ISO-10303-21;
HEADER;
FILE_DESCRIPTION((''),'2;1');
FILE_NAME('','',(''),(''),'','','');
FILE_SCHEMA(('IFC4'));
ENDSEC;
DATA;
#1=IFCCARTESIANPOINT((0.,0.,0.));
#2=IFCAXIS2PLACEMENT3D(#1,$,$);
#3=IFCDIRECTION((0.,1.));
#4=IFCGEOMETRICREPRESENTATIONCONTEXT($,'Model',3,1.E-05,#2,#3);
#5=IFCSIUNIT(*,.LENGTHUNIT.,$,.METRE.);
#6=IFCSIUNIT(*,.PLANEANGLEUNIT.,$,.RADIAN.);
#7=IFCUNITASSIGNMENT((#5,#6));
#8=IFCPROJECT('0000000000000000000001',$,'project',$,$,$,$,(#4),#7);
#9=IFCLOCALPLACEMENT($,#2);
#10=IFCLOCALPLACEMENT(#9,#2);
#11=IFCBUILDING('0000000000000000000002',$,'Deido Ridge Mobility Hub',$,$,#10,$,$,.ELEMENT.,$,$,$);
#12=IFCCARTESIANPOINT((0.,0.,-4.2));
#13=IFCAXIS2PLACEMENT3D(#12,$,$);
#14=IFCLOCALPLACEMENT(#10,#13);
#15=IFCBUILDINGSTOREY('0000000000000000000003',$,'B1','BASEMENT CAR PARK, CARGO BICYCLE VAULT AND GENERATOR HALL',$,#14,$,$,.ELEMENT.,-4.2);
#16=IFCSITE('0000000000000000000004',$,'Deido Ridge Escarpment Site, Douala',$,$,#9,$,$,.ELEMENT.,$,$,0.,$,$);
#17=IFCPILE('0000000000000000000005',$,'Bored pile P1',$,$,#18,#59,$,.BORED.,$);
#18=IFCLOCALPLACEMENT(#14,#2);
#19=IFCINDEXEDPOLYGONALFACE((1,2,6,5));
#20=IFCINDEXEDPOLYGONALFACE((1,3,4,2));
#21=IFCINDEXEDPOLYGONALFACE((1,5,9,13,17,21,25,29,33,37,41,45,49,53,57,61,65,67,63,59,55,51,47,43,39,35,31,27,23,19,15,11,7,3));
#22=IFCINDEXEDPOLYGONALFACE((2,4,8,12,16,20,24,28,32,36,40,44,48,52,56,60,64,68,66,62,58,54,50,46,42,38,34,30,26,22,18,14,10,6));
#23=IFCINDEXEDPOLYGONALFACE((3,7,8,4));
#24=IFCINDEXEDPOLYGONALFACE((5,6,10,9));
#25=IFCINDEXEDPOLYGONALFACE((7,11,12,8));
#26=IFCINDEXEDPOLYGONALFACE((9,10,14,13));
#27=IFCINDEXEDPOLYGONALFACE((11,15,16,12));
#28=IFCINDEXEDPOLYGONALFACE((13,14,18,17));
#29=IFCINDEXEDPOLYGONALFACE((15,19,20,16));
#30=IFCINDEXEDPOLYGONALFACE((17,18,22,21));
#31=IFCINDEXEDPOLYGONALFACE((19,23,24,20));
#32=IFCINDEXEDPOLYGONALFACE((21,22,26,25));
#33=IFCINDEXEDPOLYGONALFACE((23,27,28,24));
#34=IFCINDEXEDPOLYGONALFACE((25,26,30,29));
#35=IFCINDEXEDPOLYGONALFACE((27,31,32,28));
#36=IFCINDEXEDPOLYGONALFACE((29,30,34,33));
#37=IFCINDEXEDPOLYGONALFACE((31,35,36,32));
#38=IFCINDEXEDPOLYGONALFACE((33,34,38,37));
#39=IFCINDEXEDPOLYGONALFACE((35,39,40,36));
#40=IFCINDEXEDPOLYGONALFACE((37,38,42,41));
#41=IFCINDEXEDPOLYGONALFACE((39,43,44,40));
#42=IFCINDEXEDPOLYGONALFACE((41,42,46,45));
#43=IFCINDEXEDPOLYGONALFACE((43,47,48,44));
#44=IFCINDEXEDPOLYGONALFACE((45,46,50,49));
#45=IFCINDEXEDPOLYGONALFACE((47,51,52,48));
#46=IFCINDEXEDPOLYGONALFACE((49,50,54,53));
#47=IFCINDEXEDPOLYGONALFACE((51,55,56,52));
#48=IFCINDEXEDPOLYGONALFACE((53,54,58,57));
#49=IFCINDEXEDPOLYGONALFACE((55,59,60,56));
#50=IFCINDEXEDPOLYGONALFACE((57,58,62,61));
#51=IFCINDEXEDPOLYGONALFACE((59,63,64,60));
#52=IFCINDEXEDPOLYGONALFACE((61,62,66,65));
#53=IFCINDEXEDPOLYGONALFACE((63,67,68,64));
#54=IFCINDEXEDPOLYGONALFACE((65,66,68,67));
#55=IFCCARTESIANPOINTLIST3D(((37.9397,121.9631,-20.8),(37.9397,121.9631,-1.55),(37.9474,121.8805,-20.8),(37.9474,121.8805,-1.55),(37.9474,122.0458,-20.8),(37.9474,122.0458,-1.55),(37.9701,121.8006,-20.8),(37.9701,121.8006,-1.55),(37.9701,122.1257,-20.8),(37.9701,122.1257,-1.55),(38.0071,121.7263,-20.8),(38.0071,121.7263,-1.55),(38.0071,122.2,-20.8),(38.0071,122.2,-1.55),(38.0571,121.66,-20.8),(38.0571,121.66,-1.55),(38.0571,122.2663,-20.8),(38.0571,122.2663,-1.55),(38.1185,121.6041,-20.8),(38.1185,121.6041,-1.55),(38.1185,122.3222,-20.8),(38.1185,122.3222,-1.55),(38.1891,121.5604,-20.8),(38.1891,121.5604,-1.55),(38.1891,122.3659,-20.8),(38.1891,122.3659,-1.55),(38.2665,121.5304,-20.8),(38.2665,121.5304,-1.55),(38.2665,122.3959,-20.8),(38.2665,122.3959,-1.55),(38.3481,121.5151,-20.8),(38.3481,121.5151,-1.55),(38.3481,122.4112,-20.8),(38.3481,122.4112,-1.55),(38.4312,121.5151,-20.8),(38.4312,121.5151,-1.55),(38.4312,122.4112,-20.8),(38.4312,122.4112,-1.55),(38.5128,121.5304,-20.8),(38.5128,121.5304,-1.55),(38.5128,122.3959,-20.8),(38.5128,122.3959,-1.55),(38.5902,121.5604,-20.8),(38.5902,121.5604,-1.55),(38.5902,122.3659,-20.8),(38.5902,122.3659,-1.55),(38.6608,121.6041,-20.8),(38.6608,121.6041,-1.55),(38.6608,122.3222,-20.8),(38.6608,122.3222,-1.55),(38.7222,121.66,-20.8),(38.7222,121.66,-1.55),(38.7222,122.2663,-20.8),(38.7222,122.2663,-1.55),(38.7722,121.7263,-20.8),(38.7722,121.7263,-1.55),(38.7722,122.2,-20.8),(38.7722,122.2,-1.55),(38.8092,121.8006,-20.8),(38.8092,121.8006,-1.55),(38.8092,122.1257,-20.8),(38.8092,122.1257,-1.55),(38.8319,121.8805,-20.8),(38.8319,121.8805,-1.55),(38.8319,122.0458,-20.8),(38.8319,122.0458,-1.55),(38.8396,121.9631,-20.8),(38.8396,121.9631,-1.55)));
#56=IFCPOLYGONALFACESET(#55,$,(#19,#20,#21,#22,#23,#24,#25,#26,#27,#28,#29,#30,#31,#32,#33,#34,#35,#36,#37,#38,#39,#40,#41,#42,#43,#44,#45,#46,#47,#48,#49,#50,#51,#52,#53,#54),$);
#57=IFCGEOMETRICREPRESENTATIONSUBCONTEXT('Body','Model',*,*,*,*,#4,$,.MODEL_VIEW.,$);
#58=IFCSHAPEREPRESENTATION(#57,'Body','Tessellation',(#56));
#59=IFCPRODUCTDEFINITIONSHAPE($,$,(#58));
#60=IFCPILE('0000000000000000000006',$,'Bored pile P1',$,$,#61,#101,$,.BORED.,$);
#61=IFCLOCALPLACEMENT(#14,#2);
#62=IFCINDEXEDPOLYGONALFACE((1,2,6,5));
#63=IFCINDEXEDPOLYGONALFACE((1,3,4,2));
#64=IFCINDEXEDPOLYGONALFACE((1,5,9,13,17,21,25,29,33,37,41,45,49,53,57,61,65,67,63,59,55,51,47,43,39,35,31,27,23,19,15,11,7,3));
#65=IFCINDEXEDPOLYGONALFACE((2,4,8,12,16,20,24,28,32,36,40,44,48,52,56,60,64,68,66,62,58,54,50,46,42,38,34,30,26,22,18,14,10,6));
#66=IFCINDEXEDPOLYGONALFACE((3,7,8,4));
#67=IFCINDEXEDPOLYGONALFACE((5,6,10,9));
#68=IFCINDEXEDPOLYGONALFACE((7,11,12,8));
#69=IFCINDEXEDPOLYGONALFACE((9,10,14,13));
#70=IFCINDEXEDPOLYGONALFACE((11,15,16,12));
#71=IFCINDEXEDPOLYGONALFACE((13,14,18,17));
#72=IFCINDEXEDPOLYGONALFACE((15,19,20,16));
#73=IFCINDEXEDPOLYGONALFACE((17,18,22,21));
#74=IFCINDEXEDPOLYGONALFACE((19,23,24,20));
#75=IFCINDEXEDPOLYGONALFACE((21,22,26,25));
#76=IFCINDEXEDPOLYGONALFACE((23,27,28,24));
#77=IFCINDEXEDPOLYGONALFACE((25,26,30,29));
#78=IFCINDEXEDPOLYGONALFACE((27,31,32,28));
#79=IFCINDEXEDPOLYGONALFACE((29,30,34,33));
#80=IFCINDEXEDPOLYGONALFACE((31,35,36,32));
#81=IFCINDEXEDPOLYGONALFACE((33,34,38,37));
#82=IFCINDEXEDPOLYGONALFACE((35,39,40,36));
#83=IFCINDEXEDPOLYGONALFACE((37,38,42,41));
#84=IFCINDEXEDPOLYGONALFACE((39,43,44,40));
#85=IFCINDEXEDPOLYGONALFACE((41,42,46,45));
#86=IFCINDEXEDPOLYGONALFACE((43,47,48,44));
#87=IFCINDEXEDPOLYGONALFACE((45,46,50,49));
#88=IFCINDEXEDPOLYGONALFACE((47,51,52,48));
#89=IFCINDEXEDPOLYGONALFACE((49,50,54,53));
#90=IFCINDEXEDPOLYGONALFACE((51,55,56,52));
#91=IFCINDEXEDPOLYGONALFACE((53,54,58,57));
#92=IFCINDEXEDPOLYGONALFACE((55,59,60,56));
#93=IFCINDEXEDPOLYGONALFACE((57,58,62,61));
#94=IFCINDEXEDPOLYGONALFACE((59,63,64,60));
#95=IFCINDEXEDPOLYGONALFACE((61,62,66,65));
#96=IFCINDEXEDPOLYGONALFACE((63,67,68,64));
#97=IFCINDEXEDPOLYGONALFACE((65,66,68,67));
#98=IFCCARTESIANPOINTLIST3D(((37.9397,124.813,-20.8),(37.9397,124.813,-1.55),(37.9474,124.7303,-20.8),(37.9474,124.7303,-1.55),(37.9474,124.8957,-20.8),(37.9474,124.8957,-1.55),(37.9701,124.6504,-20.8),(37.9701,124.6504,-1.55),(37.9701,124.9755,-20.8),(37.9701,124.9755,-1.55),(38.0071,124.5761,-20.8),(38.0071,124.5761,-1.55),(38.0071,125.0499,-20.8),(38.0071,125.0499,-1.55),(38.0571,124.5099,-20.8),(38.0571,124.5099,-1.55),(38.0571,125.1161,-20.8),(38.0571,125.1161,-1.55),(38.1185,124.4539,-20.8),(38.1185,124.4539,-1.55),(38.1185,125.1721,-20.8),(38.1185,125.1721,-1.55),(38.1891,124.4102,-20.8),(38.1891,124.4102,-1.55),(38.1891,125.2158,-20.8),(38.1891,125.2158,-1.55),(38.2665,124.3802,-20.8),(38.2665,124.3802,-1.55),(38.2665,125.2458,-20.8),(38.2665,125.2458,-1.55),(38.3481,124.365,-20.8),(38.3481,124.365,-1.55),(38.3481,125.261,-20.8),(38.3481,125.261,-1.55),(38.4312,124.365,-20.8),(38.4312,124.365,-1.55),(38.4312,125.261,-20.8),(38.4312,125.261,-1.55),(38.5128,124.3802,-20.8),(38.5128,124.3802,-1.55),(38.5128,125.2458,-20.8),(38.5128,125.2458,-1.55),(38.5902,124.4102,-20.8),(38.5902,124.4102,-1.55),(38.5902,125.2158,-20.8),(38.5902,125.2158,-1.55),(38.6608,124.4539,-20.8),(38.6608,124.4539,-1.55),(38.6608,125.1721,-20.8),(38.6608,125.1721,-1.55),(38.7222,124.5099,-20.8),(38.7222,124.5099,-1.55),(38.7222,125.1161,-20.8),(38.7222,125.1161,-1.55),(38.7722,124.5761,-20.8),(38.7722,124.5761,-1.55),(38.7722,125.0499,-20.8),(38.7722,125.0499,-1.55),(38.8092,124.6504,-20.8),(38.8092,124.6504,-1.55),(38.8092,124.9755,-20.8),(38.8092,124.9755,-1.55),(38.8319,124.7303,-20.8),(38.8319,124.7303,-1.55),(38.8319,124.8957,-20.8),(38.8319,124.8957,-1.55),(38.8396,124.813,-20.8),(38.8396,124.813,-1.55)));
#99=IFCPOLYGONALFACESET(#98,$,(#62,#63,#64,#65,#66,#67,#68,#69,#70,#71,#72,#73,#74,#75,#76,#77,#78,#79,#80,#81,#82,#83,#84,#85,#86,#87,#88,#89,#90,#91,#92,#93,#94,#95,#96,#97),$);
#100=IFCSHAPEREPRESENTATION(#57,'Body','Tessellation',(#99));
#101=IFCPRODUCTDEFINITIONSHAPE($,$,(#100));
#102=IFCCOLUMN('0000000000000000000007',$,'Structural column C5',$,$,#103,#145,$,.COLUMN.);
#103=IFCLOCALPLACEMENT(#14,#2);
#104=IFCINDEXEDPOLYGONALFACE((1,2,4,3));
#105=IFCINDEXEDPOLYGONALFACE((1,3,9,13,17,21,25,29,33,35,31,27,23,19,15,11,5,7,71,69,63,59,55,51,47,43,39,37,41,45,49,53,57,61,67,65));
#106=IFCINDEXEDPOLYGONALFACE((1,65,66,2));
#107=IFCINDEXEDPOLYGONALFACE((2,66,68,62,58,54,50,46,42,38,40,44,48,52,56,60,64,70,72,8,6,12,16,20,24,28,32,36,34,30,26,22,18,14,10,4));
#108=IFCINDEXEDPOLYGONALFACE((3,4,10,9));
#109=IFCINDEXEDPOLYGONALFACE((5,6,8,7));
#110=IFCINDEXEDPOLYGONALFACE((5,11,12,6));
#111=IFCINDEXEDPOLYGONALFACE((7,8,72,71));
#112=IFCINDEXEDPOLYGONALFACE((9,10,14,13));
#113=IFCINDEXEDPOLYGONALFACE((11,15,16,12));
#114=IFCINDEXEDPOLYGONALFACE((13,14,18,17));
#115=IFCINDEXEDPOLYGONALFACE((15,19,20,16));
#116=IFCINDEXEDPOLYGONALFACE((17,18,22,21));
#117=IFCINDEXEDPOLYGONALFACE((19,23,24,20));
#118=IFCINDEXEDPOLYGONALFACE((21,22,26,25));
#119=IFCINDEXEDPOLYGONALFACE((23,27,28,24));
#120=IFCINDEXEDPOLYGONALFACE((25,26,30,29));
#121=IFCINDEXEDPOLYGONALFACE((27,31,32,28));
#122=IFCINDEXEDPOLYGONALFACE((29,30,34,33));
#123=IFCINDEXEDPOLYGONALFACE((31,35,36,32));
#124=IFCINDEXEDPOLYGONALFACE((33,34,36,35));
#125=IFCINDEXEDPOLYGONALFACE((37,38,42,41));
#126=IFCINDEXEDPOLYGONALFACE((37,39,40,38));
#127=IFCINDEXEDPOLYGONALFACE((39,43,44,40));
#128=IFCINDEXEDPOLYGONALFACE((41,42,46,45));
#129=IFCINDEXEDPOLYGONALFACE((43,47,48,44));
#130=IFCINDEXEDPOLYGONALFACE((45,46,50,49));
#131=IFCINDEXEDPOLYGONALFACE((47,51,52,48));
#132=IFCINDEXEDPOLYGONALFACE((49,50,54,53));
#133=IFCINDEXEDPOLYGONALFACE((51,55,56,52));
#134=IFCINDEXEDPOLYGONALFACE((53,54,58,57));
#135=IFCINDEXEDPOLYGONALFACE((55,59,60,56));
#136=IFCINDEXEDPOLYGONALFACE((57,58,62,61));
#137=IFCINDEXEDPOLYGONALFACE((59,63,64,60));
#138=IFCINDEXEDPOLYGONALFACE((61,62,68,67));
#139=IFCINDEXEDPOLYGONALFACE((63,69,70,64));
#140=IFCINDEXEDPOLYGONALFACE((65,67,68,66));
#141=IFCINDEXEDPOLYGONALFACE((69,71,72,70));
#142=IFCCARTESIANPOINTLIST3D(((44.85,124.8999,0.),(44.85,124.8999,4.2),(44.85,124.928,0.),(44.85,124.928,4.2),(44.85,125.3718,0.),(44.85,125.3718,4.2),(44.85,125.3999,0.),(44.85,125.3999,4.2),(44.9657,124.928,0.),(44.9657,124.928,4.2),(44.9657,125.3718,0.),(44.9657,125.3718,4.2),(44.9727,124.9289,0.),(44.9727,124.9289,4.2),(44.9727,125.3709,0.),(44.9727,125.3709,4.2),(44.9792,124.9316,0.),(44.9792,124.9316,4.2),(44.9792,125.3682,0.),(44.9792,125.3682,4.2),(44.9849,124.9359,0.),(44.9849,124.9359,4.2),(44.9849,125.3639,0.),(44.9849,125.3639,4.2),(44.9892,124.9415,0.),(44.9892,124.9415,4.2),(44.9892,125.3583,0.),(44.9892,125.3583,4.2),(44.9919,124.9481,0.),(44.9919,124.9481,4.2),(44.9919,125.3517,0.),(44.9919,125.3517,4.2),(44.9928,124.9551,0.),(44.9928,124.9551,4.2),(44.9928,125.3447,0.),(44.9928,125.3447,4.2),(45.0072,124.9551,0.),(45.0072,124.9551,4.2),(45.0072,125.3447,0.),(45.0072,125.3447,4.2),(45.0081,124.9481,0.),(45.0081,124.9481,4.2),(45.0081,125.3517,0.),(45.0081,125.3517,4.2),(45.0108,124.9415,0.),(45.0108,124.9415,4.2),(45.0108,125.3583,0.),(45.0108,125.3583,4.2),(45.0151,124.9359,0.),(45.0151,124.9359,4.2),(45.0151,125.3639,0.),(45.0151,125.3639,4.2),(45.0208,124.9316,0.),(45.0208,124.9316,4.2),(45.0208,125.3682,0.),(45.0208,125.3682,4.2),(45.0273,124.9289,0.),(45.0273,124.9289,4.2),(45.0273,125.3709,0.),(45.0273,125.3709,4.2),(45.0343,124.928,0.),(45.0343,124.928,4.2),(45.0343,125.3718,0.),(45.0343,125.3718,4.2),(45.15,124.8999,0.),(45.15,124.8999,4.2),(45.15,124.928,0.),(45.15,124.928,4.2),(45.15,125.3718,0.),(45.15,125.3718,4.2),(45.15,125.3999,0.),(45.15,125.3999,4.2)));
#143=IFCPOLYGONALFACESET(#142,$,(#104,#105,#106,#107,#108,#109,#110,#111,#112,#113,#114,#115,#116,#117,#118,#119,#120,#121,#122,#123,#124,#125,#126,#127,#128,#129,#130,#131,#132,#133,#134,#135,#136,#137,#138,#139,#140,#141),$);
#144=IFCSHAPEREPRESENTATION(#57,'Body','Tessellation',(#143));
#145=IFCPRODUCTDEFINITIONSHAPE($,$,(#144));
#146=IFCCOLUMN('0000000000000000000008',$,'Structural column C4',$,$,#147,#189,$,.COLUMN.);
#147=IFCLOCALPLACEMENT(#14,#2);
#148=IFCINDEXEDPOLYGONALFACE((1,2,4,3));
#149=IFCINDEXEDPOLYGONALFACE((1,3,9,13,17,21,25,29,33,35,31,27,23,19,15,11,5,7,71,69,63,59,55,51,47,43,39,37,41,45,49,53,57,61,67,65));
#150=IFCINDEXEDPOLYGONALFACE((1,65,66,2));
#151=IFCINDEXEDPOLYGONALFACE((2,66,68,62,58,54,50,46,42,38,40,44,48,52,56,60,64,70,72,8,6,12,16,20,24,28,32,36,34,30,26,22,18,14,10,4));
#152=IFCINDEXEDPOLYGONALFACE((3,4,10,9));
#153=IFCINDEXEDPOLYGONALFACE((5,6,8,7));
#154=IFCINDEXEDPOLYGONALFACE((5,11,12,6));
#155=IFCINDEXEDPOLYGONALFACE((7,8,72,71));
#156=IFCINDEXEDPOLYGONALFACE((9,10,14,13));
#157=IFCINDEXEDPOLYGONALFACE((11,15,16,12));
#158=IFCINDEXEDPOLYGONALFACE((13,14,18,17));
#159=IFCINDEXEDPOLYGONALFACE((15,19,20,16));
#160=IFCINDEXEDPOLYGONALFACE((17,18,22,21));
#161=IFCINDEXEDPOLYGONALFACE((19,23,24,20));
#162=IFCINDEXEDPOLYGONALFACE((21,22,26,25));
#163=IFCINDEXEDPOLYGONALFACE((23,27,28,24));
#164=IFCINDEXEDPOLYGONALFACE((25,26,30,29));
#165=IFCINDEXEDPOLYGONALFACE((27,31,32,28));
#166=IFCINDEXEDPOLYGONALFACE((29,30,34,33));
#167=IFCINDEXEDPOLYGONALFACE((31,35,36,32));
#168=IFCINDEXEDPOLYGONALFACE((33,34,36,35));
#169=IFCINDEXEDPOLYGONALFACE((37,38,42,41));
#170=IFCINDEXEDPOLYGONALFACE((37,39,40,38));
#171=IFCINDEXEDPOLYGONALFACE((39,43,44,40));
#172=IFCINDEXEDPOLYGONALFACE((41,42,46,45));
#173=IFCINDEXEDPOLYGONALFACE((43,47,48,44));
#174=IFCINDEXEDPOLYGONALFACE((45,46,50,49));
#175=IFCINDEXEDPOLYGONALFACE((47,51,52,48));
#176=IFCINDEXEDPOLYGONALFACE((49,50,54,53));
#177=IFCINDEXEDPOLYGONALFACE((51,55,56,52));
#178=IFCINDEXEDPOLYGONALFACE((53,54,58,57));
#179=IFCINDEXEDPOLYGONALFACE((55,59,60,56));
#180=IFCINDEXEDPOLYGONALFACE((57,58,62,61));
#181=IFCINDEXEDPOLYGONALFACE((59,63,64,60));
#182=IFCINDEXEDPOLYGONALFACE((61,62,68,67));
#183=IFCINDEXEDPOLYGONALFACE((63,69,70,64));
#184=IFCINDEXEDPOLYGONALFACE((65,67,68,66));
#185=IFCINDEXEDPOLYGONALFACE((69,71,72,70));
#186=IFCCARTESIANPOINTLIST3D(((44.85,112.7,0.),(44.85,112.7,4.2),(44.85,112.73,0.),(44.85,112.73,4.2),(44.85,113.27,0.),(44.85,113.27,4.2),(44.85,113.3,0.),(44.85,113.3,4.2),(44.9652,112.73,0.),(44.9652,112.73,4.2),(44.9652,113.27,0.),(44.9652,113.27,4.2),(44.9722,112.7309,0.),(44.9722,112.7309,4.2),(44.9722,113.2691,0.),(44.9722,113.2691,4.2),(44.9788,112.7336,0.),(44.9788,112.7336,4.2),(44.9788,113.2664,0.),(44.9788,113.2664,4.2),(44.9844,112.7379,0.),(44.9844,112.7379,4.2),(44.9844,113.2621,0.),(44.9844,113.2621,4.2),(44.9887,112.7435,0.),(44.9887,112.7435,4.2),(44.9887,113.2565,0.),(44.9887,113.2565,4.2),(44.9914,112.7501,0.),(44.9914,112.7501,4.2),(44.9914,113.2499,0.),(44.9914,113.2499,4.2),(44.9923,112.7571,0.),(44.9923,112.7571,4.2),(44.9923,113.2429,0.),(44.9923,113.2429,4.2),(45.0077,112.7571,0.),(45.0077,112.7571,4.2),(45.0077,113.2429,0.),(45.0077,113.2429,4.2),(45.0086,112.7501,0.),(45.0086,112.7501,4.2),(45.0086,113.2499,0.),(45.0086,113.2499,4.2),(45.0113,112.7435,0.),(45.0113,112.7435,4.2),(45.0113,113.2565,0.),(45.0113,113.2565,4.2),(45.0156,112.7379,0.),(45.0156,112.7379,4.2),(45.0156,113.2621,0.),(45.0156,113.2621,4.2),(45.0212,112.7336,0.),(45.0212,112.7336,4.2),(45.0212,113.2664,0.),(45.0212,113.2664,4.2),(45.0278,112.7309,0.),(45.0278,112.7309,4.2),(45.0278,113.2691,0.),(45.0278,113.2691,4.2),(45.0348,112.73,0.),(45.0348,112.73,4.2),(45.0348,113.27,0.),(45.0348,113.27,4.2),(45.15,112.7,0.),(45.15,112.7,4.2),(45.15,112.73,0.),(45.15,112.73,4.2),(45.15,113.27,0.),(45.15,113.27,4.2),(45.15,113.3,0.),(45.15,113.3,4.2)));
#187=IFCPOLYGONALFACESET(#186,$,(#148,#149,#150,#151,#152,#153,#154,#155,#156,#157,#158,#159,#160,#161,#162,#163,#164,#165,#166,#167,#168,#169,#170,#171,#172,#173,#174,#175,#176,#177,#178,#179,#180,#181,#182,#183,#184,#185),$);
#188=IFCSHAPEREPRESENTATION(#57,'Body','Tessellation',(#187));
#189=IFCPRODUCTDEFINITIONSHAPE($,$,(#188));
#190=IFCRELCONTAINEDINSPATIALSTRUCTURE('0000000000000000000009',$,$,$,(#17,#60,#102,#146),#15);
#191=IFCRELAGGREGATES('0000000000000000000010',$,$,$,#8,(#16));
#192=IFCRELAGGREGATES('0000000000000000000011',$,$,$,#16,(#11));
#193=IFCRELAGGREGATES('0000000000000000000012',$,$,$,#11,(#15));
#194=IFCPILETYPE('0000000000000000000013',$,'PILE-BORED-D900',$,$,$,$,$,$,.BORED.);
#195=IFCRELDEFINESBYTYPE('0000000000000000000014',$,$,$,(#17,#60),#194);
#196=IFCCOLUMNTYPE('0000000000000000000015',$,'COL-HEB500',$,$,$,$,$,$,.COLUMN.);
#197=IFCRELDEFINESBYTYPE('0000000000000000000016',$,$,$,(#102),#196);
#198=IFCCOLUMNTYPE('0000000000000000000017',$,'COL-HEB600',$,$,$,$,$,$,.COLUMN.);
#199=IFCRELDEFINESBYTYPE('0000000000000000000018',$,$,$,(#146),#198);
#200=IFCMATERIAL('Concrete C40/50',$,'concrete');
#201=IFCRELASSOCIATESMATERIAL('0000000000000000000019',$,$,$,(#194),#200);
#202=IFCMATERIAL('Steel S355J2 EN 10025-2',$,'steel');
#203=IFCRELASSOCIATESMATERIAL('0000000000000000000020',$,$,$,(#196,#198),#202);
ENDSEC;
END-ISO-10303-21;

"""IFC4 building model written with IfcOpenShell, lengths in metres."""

from ifc_helpers import new_model, si_unit, direction, frame, origin, origin_2d, place, context, subcontext, project, spatial, circle, i_section, extrude, material, material_profile, profile_set, type_object, element, save


model = new_model("IFC4")

# Units and contexts
model_context = context("Model", 3, precision=1e-05, world=origin(), true_north=direction((0.0, 1.0)))
body_context = subcontext(model_context, "Body", "Model", "MODEL_VIEW")
ifc_project = project(units=[si_unit("LENGTHUNIT", "METRE"), si_unit("PLANEANGLEUNIT", "RADIAN")], contexts=[model_context])

# Site, building, storey
site_placement = place(None, origin())
site = spatial("IfcSite", under=ifc_project, at=site_placement, Name="Deido Ridge Escarpment Site, Douala", CompositionType="ELEMENT", RefElevation=0.0)
building_placement = place(site_placement, origin())
building = spatial("IfcBuilding", under=site, at=building_placement, Name="Deido Ridge Mobility Hub", CompositionType="ELEMENT")
storey_placement = place(building_placement, frame((0.0, 0.0, -4.2)))
storey = spatial("IfcBuildingStorey", under=building, at=storey_placement, Name="B1", Description="BASEMENT CAR PARK, CARGO BICYCLE VAULT AND GENERATOR HALL", CompositionType="ELEMENT", Elevation=-4.2)

# Shared definitions
ifc_material_1 = material(Name="Concrete C40/50", Category="concrete")

# Piles
ifc_material_profile_1 = material_profile(ifc_material_1, circle(Radius=0.45, at=origin_2d()), Name="BORED PILE D900")
ifc_profile_set_1 = profile_set([ifc_material_profile_1], Name="Concrete C40/50")
pile_type_1 = type_object("IfcPileType", Name="PILE-BORED-D900", PredefinedType="BORED", material=ifc_profile_set_1)
for number, where, z_axis, x_axis, name in (
    (1, (38.3896, 121.9631, -1.55), (0.0, 0.0, -1.0), (1.0, 0.0, 0.0), "Bored pile P1"),
    (2, (38.3896, 124.813, -1.55), (0.0, 0.0, -1.0), (1.0, 0.0, 0.0), "Bored pile P1"),
):
    element("IfcPile", number, at=place(storey_placement, frame(where, z_axis=z_axis, x_axis=x_axis)), inside=storey, type_object=pile_type_1, Name=name, PredefinedType="BORED", context=body_context, shape_type="SweptSolid", body=[
        extrude(circle(Radius=0.45, at=origin_2d()), origin(), (0.0, 0.0, 1.0), 19.25),
    ])

# Columns
ifc_material_2 = material(Name="Steel S355J2 EN 10025-2", Category="steel")
ifc_material_profile_2 = material_profile(ifc_material_2, i_section(OverallWidth=0.3, OverallDepth=0.5, WebThickness=0.0144, FlangeThickness=0.0281, FilletRadius=0.0271, at=origin_2d()), Name="HEB 500")
ifc_profile_set_2 = profile_set([ifc_material_profile_2], Name="Steel S355J2 EN 10025-2")
column_type_1 = type_object("IfcColumnType", Name="COL-HEB500", PredefinedType="COLUMN", material=ifc_profile_set_2)
column_1_placement = place(storey_placement, frame((45.0, 125.1499, 0.0), z_axis=(0.0, 0.0, 1.0), x_axis=(1.0, 0.0, 0.0)))
element("IfcColumn", 3, at=column_1_placement, inside=storey, type_object=column_type_1, Name="Structural column C5", PredefinedType="COLUMN", context=body_context, shape_type="SweptSolid", body=[
    extrude(i_section(OverallWidth=0.3, OverallDepth=0.5, WebThickness=0.0144, FlangeThickness=0.0281, FilletRadius=0.0271, at=origin_2d()), origin(), (0.0, 0.0, 1.0), 4.2),
])
ifc_material_profile_3 = material_profile(ifc_material_2, i_section(OverallWidth=0.3, OverallDepth=0.6001, WebThickness=0.0154, FlangeThickness=0.03, FilletRadius=0.0271, at=origin_2d()), Name="HEB 600")
ifc_profile_set_3 = profile_set([ifc_material_profile_3], Name="Steel S355J2 EN 10025-2")
column_type_2 = type_object("IfcColumnType", Name="COL-HEB600", PredefinedType="COLUMN", material=ifc_profile_set_3)
column_2_placement = place(storey_placement, frame((45.0, 113.0, 0.0), z_axis=(0.0, 0.0, 1.0), x_axis=(1.0, 0.0, 0.0)))
element("IfcColumn", 4, at=column_2_placement, inside=storey, type_object=column_type_2, Name="Structural column C4", PredefinedType="COLUMN", context=body_context, shape_type="SweptSolid", body=[
    extrude(i_section(OverallWidth=0.3, OverallDepth=0.6001, WebThickness=0.0154, FlangeThickness=0.03, FilletRadius=0.0271, at=origin_2d()), origin(), (0.0, 0.0, 1.0), 4.2),
])

save(model, "model.ifc")
